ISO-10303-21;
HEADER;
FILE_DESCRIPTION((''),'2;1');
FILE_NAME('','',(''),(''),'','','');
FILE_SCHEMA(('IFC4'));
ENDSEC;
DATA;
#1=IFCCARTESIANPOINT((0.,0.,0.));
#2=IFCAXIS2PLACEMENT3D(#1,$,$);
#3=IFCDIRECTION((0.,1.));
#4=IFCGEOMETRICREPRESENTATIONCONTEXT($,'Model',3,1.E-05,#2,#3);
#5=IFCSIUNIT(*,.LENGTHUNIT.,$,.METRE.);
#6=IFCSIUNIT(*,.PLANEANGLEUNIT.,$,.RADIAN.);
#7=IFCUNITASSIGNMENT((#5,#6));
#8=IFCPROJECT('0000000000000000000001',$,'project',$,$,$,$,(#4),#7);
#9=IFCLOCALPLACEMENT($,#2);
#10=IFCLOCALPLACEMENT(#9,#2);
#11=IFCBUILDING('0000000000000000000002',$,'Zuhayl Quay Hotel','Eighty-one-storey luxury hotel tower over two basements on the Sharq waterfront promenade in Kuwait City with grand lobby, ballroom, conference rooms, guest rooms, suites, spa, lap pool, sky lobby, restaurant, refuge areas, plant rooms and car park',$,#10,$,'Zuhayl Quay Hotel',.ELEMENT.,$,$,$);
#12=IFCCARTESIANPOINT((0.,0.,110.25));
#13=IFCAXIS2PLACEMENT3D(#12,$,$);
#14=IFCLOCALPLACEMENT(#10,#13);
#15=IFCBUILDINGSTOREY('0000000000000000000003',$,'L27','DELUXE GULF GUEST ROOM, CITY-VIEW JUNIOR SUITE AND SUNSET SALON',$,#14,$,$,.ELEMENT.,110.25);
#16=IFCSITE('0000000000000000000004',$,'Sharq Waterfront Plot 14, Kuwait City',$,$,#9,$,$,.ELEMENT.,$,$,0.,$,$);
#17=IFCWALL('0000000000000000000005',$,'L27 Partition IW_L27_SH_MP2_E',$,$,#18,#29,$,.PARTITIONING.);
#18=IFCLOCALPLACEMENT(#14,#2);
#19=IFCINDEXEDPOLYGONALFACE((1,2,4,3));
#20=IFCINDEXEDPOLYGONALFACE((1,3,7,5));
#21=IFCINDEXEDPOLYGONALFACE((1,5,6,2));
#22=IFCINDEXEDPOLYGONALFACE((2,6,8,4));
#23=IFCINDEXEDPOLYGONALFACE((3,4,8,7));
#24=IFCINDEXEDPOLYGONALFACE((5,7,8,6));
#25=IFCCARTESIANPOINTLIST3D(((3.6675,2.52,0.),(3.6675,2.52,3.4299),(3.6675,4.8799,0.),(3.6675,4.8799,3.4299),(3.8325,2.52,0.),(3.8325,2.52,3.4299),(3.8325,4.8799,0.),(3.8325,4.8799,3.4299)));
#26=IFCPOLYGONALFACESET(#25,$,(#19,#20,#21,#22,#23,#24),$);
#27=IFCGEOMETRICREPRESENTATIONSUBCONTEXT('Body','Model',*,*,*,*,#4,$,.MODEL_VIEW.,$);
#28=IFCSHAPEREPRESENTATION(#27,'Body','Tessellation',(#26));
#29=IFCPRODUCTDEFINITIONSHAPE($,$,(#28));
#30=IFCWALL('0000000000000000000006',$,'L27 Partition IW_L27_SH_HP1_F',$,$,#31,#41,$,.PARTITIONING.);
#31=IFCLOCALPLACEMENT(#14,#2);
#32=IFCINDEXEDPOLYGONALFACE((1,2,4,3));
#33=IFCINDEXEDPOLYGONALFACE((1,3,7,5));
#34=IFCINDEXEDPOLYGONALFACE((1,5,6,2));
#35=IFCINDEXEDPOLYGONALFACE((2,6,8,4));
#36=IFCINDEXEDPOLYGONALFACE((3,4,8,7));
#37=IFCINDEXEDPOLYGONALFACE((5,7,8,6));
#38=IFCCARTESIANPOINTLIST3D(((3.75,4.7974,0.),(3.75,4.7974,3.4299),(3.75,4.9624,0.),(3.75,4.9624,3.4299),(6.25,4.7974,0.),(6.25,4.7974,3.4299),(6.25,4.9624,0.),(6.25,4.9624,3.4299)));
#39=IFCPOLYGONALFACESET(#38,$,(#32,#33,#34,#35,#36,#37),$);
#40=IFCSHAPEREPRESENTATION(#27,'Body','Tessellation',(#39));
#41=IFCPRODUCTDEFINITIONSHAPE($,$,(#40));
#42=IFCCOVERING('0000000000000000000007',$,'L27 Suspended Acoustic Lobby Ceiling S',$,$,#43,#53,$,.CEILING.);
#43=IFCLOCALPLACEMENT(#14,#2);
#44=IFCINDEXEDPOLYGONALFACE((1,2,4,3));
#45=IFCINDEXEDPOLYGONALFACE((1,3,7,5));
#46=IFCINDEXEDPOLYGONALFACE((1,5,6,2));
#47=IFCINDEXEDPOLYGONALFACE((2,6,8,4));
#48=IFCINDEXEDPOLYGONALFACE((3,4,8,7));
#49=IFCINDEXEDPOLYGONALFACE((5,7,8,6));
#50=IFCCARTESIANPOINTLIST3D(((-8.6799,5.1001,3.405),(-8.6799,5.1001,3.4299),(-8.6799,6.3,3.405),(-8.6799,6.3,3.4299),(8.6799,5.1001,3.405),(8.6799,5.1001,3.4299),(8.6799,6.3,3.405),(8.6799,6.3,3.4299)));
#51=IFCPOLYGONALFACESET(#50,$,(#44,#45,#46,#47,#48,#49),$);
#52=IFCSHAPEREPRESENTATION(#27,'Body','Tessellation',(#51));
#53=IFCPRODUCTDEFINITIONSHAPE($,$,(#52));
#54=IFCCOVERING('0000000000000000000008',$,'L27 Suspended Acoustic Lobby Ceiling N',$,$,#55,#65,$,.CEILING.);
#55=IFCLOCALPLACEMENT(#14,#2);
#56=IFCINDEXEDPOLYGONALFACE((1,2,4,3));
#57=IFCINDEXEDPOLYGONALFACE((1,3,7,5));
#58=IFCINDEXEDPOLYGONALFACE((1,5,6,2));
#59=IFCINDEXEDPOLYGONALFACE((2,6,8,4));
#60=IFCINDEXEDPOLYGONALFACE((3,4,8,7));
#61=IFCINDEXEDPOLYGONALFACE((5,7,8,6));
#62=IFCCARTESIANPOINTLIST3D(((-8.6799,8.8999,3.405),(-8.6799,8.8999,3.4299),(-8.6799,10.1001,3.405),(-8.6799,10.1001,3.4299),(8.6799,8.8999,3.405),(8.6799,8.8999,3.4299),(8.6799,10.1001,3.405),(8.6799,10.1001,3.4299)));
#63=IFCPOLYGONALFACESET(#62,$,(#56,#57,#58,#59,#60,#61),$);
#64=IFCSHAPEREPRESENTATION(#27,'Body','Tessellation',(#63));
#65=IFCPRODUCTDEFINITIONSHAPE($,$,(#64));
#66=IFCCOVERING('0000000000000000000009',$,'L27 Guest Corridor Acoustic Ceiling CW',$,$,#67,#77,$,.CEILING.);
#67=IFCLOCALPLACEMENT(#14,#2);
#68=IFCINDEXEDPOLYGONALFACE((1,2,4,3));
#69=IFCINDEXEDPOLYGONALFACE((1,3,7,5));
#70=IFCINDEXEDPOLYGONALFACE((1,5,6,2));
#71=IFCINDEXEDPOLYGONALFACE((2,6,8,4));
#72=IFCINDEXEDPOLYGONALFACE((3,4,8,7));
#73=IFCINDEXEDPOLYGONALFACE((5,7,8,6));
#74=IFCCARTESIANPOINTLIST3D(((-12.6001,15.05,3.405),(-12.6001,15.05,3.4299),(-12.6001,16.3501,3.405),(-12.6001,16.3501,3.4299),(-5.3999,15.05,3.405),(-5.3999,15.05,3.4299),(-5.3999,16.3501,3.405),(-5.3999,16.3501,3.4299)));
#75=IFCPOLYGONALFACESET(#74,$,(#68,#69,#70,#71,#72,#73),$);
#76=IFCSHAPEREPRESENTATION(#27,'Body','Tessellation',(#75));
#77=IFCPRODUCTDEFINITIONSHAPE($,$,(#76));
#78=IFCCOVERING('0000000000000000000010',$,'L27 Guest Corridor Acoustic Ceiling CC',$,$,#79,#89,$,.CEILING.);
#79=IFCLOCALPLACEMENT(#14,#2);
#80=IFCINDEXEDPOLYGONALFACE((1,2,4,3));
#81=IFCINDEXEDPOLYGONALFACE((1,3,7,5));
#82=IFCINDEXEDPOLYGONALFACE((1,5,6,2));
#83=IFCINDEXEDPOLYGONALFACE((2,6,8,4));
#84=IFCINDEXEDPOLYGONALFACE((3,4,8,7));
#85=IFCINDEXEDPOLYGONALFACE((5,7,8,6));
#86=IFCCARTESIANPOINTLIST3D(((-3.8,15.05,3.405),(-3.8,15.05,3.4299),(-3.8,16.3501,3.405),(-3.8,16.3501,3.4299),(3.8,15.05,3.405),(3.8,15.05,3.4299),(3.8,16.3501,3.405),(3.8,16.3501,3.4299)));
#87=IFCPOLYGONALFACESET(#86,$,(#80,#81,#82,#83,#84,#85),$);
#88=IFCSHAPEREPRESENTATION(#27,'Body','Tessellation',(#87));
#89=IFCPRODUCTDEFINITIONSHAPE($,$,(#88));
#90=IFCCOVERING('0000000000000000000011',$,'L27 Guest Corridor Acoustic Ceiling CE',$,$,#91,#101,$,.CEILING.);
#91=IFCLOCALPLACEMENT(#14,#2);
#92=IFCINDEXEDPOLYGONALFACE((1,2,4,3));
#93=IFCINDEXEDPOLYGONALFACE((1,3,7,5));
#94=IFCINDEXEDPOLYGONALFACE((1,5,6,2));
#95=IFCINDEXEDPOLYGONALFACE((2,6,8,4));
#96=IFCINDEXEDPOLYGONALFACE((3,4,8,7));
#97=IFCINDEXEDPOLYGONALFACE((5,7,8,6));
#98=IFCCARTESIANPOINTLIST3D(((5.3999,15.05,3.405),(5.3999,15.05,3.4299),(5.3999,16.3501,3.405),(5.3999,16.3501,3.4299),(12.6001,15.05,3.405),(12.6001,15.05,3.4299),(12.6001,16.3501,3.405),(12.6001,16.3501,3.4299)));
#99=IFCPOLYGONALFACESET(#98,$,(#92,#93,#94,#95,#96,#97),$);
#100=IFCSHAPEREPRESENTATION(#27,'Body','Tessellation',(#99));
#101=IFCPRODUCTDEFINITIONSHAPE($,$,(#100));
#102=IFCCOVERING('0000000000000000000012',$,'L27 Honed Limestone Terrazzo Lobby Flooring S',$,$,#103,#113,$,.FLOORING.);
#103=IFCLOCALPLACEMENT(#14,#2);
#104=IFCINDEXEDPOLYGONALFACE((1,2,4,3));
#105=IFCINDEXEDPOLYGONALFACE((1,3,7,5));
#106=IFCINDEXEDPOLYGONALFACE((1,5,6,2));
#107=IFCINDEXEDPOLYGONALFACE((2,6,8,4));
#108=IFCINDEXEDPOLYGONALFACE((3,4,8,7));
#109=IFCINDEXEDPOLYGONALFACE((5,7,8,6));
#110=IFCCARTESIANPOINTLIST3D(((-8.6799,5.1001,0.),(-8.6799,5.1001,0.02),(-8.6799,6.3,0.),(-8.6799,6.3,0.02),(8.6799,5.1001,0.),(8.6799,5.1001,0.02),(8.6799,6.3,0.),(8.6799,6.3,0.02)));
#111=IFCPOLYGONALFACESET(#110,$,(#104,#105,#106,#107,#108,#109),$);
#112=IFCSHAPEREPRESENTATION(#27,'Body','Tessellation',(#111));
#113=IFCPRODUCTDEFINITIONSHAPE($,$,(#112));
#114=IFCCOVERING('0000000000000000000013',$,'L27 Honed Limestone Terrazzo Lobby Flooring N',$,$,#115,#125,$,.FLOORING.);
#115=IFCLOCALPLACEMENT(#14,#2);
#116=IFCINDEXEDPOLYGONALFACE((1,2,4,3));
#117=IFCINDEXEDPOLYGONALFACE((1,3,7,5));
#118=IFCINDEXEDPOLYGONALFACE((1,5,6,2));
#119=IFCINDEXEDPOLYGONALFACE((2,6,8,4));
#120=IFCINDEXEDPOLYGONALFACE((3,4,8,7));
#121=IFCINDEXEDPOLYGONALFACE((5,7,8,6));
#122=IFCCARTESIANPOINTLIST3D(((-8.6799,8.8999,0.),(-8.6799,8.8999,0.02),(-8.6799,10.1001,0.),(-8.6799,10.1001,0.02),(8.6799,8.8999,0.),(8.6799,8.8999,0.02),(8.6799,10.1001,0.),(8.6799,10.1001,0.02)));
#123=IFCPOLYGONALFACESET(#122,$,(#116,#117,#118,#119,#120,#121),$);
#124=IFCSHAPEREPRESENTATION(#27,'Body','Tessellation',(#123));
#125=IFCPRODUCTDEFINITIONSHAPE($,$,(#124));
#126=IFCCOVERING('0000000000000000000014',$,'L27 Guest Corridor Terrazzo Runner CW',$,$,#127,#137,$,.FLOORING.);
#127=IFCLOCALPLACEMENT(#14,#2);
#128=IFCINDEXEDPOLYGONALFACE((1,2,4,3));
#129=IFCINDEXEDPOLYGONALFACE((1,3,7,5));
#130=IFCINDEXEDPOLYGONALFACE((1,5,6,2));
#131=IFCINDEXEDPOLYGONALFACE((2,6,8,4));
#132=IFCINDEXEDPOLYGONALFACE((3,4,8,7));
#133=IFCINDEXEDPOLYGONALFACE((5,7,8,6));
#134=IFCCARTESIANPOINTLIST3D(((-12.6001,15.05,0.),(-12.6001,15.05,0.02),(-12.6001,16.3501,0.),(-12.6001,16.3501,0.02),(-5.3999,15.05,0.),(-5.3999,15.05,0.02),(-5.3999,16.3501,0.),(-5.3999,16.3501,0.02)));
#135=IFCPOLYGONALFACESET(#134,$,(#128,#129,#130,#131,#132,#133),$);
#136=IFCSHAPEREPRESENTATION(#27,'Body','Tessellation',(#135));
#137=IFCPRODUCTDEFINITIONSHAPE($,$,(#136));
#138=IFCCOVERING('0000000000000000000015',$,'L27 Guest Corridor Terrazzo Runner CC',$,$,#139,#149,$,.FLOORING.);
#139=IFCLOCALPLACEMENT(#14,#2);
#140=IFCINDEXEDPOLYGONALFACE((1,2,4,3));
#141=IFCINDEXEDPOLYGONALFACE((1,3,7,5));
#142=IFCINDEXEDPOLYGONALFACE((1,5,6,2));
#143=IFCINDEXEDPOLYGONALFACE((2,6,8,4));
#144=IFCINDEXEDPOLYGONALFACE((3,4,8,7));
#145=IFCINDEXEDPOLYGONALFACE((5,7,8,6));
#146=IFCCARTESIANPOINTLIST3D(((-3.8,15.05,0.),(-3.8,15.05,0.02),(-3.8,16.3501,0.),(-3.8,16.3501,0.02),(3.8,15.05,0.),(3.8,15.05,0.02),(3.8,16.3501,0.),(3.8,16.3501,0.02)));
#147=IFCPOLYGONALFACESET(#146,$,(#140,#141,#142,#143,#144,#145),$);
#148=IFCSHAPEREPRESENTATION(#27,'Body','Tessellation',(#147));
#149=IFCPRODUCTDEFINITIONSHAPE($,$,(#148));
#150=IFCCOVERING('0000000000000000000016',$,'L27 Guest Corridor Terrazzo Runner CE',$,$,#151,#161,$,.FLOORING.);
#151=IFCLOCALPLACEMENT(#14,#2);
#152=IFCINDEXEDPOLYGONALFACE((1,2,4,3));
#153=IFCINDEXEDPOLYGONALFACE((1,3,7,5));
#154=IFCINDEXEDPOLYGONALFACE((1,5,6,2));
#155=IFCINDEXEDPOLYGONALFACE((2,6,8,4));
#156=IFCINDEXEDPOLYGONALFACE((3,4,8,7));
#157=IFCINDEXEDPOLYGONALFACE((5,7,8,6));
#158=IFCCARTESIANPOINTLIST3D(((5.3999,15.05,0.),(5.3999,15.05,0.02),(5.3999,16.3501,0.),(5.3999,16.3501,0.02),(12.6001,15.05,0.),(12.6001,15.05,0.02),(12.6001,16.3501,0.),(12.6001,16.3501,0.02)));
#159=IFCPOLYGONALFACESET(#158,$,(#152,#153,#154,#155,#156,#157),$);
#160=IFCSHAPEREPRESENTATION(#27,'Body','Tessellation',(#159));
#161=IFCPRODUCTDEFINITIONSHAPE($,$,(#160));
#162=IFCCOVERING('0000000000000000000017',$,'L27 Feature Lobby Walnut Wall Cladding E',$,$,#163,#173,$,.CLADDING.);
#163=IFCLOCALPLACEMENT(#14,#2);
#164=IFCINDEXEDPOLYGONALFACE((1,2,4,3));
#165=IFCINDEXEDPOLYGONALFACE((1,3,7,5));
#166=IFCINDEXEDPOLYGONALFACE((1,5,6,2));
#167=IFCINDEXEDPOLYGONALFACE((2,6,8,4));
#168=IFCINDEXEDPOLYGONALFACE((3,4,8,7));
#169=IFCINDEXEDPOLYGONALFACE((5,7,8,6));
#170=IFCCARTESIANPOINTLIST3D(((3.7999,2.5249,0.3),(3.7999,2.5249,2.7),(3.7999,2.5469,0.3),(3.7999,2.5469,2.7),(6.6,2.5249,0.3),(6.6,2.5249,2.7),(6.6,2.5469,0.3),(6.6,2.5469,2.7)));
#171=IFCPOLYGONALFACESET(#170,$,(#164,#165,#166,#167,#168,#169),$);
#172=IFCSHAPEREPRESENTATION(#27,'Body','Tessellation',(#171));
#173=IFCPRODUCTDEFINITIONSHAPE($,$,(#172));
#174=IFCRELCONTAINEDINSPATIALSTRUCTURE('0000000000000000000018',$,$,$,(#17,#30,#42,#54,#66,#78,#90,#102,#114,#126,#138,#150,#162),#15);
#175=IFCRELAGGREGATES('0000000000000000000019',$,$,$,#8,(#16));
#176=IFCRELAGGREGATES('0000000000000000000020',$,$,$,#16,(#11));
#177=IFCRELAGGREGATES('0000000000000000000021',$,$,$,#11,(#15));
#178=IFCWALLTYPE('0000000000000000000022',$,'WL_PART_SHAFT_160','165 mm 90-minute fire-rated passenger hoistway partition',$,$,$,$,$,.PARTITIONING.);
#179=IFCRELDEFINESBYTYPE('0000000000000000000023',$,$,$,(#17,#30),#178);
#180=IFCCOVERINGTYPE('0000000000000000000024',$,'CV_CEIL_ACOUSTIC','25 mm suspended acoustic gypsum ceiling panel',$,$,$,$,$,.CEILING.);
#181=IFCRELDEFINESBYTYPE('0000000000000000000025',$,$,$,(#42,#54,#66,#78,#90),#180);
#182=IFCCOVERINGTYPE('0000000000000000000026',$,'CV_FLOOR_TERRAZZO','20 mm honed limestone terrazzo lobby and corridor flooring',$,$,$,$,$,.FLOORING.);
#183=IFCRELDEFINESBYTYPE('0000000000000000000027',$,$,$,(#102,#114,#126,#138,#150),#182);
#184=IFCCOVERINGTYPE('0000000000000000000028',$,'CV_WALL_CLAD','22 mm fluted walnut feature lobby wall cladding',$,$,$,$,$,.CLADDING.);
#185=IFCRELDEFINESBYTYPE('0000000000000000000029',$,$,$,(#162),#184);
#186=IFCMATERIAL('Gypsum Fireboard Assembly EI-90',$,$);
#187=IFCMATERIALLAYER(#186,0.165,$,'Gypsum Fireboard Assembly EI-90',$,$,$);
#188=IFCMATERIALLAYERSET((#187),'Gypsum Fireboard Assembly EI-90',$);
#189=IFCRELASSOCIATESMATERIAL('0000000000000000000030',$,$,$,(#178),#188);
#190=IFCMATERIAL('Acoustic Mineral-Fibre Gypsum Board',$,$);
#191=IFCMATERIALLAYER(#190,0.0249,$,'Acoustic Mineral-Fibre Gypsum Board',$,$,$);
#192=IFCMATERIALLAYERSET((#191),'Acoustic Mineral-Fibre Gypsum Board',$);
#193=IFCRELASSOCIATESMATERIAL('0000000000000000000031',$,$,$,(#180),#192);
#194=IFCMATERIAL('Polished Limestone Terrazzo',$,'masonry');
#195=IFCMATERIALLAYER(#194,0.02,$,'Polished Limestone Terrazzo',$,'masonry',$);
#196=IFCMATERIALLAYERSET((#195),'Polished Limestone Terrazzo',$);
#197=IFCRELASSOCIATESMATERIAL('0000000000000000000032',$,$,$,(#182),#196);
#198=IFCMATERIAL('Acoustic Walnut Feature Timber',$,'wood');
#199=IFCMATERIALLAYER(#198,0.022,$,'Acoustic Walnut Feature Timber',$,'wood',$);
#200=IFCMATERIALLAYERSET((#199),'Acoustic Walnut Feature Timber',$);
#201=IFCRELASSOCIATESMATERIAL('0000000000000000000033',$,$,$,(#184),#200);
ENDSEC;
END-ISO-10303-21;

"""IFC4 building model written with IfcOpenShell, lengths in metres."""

from ifc_helpers import new_model, si_unit, direction, frame, frame_2d, origin, origin_2d, place, context, subcontext, project, spatial, polyline, rectangle, outline, extrude, material, layer, layer_set, type_object, element, save


model = new_model("IFC4")

# Units and contexts
model_context = context("Model", 3, precision=1e-05, world=origin(), true_north=direction((0.0, 1.0)))
body_context = subcontext(model_context, "Body", "Model", "MODEL_VIEW")
ifc_project = project(units=[si_unit("LENGTHUNIT", "METRE"), si_unit("PLANEANGLEUNIT", "RADIAN")], contexts=[model_context])

# Site, building, storey
site_placement = place(None, origin())
site = spatial("IfcSite", under=ifc_project, at=site_placement, Name="Sharq Waterfront Plot 14, Kuwait City", CompositionType="ELEMENT", RefElevation=0.0)
building_placement = place(site_placement, origin())
building = spatial("IfcBuilding", under=site, at=building_placement, Name="Zuhayl Quay Hotel", Description="Eighty-one-storey luxury hotel tower over two basements on the Sharq waterfront promenade in Kuwait City with grand lobby, ballroom, conference rooms, guest rooms, suites, spa, lap pool, sky lobby, restaurant, refuge areas, plant rooms and car park", LongName="Zuhayl Quay Hotel", CompositionType="ELEMENT")
storey_placement = place(building_placement, frame((0.0, 0.0, 110.25)))
storey = spatial("IfcBuildingStorey", under=building, at=storey_placement, Name="L27", Description="DELUXE GULF GUEST ROOM, CITY-VIEW JUNIOR SUITE AND SUNSET SALON", CompositionType="ELEMENT", Elevation=110.25)

# Walls
ifc_material_1 = material(Name="Gypsum Fireboard Assembly EI-90")
ifc_layer_1 = layer(ifc_material_1, 0.165, Name="Gypsum Fireboard Assembly EI-90")
ifc_layer_set_1 = layer_set([ifc_layer_1], Name="Gypsum Fireboard Assembly EI-90")
wall_type_1 = type_object("IfcWallType", Name="WL_PART_SHAFT_160", Description="165 mm 90-minute fire-rated passenger hoistway partition", PredefinedType="PARTITIONING", material=ifc_layer_set_1)
for number, where, z_axis, x_axis, name in (
    (1, (3.75, 2.52, 0.0), (0.0, 0.0, 1.0), (0.0, 1.0, 0.0), "L27 Partition IW_L27_SH_MP2_E"),
):
    element("IfcWall", number, at=place(storey_placement, frame(where, z_axis=z_axis, x_axis=x_axis)), inside=storey, type_object=wall_type_1, Name=name, PredefinedType="PARTITIONING", context=body_context, shape_type="SweptSolid", body=[
        extrude(rectangle(XDim=2.3599, YDim=0.165, at=frame_2d((1.1799, 0.0))), origin(), (0.0, 0.0, 1.0), 3.4299),
    ])
wall_1_placement = place(storey_placement, frame((3.75, 4.8799, 0.0), z_axis=(0.0, 0.0, 1.0), x_axis=(1.0, 0.0, 0.0)))
element("IfcWall", 2, at=wall_1_placement, inside=storey, type_object=wall_type_1, Name="L27 Partition IW_L27_SH_HP1_F", PredefinedType="PARTITIONING", context=body_context, shape_type="SweptSolid", body=[
    extrude(rectangle(XDim=2.5, YDim=0.165, at=frame_2d((1.25, 0.0))), origin(), (0.0, 0.0, 1.0), 3.4299),
])

# Coverings
ifc_material_2 = material(Name="Acoustic Mineral-Fibre Gypsum Board")
ifc_layer_2 = layer(ifc_material_2, 0.0249, Name="Acoustic Mineral-Fibre Gypsum Board")
ifc_layer_set_2 = layer_set([ifc_layer_2], Name="Acoustic Mineral-Fibre Gypsum Board")
covering_type_1 = type_object("IfcCoveringType", Name="CV_CEIL_ACOUSTIC", Description="25 mm suspended acoustic gypsum ceiling panel", PredefinedType="CEILING", material=ifc_layer_set_2)
covering_1_placement = place(storey_placement, frame((0.0, 0.0, 3.405)))
element("IfcCovering", 3, at=covering_1_placement, inside=storey, type_object=covering_type_1, Name="L27 Suspended Acoustic Lobby Ceiling S", PredefinedType="CEILING", context=body_context, shape_type="SweptSolid", body=[
    extrude(outline(polyline([(-8.6799, 5.1001), (8.6799, 5.1001), (8.6799, 6.3), (-8.6799, 6.3), (-8.6799, 5.1001)])), origin(), (0.0, 0.0, 1.0), 0.0249),
])
covering_2_placement = place(storey_placement, frame((0.0, 0.0, 3.405)))
element("IfcCovering", 4, at=covering_2_placement, inside=storey, type_object=covering_type_1, Name="L27 Suspended Acoustic Lobby Ceiling N", PredefinedType="CEILING", context=body_context, shape_type="SweptSolid", body=[
    extrude(outline(polyline([(-8.6799, 8.8999), (8.6799, 8.8999), (8.6799, 10.1001), (-8.6799, 10.1001), (-8.6799, 8.8999)])), origin(), (0.0, 0.0, 1.0), 0.0249),
])
covering_3_placement = place(storey_placement, frame((0.0, 0.0, 3.405)))
element("IfcCovering", 5, at=covering_3_placement, inside=storey, type_object=covering_type_1, Name="L27 Guest Corridor Acoustic Ceiling CW", PredefinedType="CEILING", context=body_context, shape_type="SweptSolid", body=[
    extrude(outline(polyline([(-12.6001, 15.05), (-5.3999, 15.05), (-5.3999, 16.3501), (-12.6001, 16.3501), (-12.6001, 15.05)])), origin(), (0.0, 0.0, 1.0), 0.0249),
])
covering_4_placement = place(storey_placement, frame((0.0, 0.0, 3.405)))
element("IfcCovering", 6, at=covering_4_placement, inside=storey, type_object=covering_type_1, Name="L27 Guest Corridor Acoustic Ceiling CC", PredefinedType="CEILING", context=body_context, shape_type="SweptSolid", body=[
    extrude(outline(polyline([(-3.8, 15.05), (3.8, 15.05), (3.8, 16.3501), (-3.8, 16.3501), (-3.8, 15.05)])), origin(), (0.0, 0.0, 1.0), 0.0249),
])
covering_5_placement = place(storey_placement, frame((0.0, 0.0, 3.405)))
element("IfcCovering", 7, at=covering_5_placement, inside=storey, type_object=covering_type_1, Name="L27 Guest Corridor Acoustic Ceiling CE", PredefinedType="CEILING", context=body_context, shape_type="SweptSolid", body=[
    extrude(outline(polyline([(5.3999, 15.05), (12.6001, 15.05), (12.6001, 16.3501), (5.3999, 16.3501), (5.3999, 15.05)])), origin(), (0.0, 0.0, 1.0), 0.0249),
])
ifc_material_3 = material(Name="Polished Limestone Terrazzo", Category="masonry")
ifc_layer_3 = layer(ifc_material_3, 0.02, Name="Polished Limestone Terrazzo", Category="masonry")
ifc_layer_set_3 = layer_set([ifc_layer_3], Name="Polished Limestone Terrazzo")
covering_type_2 = type_object("IfcCoveringType", Name="CV_FLOOR_TERRAZZO", Description="20 mm honed limestone terrazzo lobby and corridor flooring", PredefinedType="FLOORING", material=ifc_layer_set_3)
covering_6_placement = place(storey_placement, origin())
element("IfcCovering", 8, at=covering_6_placement, inside=storey, type_object=covering_type_2, Name="L27 Honed Limestone Terrazzo Lobby Flooring S", PredefinedType="FLOORING", context=body_context, shape_type="SweptSolid", body=[
    extrude(outline(polyline([(-8.6799, 5.1001), (8.6799, 5.1001), (8.6799, 6.3), (-8.6799, 6.3), (-8.6799, 5.1001)])), origin(), (0.0, 0.0, 1.0), 0.02),
])
covering_7_placement = place(storey_placement, origin())
element("IfcCovering", 9, at=covering_7_placement, inside=storey, type_object=covering_type_2, Name="L27 Honed Limestone Terrazzo Lobby Flooring N", PredefinedType="FLOORING", context=body_context, shape_type="SweptSolid", body=[
    extrude(outline(polyline([(-8.6799, 8.8999), (8.6799, 8.8999), (8.6799, 10.1001), (-8.6799, 10.1001), (-8.6799, 8.8999)])), origin(), (0.0, 0.0, 1.0), 0.02),
])
covering_8_placement = place(storey_placement, origin())
element("IfcCovering", 10, at=covering_8_placement, inside=storey, type_object=covering_type_2, Name="L27 Guest Corridor Terrazzo Runner CW", PredefinedType="FLOORING", context=body_context, shape_type="SweptSolid", body=[
    extrude(outline(polyline([(-12.6001, 15.05), (-5.3999, 15.05), (-5.3999, 16.3501), (-12.6001, 16.3501), (-12.6001, 15.05)])), origin(), (0.0, 0.0, 1.0), 0.02),
])
covering_9_placement = place(storey_placement, origin())
element("IfcCovering", 11, at=covering_9_placement, inside=storey, type_object=covering_type_2, Name="L27 Guest Corridor Terrazzo Runner CC", PredefinedType="FLOORING", context=body_context, shape_type="SweptSolid", body=[
    extrude(outline(polyline([(-3.8, 15.05), (3.8, 15.05), (3.8, 16.3501), (-3.8, 16.3501), (-3.8, 15.05)])), origin(), (0.0, 0.0, 1.0), 0.02),
])
covering_10_placement = place(storey_placement, origin())
element("IfcCovering", 12, at=covering_10_placement, inside=storey, type_object=covering_type_2, Name="L27 Guest Corridor Terrazzo Runner CE", PredefinedType="FLOORING", context=body_context, shape_type="SweptSolid", body=[
    extrude(outline(polyline([(5.3999, 15.05), (12.6001, 15.05), (12.6001, 16.3501), (5.3999, 16.3501), (5.3999, 15.05)])), origin(), (0.0, 0.0, 1.0), 0.02),
])
ifc_material_4 = material(Name="Acoustic Walnut Feature Timber", Category="wood")
ifc_layer_4 = layer(ifc_material_4, 0.022, Name="Acoustic Walnut Feature Timber", Category="wood")
ifc_layer_set_4 = layer_set([ifc_layer_4], Name="Acoustic Walnut Feature Timber")
covering_type_3 = type_object("IfcCoveringType", Name="CV_WALL_CLAD", Description="22 mm fluted walnut feature lobby wall cladding", PredefinedType="CLADDING", material=ifc_layer_set_4)
covering_11_placement = place(storey_placement, frame((5.2, 2.5359, 0.3), z_axis=(0.0, 0.0, 1.0), x_axis=(1.0, 0.0, 0.0)))
element("IfcCovering", 13, at=covering_11_placement, inside=storey, type_object=covering_type_3, Name="L27 Feature Lobby Walnut Wall Cladding E", PredefinedType="CLADDING", context=body_context, shape_type="SweptSolid", body=[
    extrude(rectangle(XDim=2.8, YDim=0.022, at=origin_2d()), origin(), (0.0, 0.0, 1.0), 2.3999),
])

save(model, "model.ifc")
